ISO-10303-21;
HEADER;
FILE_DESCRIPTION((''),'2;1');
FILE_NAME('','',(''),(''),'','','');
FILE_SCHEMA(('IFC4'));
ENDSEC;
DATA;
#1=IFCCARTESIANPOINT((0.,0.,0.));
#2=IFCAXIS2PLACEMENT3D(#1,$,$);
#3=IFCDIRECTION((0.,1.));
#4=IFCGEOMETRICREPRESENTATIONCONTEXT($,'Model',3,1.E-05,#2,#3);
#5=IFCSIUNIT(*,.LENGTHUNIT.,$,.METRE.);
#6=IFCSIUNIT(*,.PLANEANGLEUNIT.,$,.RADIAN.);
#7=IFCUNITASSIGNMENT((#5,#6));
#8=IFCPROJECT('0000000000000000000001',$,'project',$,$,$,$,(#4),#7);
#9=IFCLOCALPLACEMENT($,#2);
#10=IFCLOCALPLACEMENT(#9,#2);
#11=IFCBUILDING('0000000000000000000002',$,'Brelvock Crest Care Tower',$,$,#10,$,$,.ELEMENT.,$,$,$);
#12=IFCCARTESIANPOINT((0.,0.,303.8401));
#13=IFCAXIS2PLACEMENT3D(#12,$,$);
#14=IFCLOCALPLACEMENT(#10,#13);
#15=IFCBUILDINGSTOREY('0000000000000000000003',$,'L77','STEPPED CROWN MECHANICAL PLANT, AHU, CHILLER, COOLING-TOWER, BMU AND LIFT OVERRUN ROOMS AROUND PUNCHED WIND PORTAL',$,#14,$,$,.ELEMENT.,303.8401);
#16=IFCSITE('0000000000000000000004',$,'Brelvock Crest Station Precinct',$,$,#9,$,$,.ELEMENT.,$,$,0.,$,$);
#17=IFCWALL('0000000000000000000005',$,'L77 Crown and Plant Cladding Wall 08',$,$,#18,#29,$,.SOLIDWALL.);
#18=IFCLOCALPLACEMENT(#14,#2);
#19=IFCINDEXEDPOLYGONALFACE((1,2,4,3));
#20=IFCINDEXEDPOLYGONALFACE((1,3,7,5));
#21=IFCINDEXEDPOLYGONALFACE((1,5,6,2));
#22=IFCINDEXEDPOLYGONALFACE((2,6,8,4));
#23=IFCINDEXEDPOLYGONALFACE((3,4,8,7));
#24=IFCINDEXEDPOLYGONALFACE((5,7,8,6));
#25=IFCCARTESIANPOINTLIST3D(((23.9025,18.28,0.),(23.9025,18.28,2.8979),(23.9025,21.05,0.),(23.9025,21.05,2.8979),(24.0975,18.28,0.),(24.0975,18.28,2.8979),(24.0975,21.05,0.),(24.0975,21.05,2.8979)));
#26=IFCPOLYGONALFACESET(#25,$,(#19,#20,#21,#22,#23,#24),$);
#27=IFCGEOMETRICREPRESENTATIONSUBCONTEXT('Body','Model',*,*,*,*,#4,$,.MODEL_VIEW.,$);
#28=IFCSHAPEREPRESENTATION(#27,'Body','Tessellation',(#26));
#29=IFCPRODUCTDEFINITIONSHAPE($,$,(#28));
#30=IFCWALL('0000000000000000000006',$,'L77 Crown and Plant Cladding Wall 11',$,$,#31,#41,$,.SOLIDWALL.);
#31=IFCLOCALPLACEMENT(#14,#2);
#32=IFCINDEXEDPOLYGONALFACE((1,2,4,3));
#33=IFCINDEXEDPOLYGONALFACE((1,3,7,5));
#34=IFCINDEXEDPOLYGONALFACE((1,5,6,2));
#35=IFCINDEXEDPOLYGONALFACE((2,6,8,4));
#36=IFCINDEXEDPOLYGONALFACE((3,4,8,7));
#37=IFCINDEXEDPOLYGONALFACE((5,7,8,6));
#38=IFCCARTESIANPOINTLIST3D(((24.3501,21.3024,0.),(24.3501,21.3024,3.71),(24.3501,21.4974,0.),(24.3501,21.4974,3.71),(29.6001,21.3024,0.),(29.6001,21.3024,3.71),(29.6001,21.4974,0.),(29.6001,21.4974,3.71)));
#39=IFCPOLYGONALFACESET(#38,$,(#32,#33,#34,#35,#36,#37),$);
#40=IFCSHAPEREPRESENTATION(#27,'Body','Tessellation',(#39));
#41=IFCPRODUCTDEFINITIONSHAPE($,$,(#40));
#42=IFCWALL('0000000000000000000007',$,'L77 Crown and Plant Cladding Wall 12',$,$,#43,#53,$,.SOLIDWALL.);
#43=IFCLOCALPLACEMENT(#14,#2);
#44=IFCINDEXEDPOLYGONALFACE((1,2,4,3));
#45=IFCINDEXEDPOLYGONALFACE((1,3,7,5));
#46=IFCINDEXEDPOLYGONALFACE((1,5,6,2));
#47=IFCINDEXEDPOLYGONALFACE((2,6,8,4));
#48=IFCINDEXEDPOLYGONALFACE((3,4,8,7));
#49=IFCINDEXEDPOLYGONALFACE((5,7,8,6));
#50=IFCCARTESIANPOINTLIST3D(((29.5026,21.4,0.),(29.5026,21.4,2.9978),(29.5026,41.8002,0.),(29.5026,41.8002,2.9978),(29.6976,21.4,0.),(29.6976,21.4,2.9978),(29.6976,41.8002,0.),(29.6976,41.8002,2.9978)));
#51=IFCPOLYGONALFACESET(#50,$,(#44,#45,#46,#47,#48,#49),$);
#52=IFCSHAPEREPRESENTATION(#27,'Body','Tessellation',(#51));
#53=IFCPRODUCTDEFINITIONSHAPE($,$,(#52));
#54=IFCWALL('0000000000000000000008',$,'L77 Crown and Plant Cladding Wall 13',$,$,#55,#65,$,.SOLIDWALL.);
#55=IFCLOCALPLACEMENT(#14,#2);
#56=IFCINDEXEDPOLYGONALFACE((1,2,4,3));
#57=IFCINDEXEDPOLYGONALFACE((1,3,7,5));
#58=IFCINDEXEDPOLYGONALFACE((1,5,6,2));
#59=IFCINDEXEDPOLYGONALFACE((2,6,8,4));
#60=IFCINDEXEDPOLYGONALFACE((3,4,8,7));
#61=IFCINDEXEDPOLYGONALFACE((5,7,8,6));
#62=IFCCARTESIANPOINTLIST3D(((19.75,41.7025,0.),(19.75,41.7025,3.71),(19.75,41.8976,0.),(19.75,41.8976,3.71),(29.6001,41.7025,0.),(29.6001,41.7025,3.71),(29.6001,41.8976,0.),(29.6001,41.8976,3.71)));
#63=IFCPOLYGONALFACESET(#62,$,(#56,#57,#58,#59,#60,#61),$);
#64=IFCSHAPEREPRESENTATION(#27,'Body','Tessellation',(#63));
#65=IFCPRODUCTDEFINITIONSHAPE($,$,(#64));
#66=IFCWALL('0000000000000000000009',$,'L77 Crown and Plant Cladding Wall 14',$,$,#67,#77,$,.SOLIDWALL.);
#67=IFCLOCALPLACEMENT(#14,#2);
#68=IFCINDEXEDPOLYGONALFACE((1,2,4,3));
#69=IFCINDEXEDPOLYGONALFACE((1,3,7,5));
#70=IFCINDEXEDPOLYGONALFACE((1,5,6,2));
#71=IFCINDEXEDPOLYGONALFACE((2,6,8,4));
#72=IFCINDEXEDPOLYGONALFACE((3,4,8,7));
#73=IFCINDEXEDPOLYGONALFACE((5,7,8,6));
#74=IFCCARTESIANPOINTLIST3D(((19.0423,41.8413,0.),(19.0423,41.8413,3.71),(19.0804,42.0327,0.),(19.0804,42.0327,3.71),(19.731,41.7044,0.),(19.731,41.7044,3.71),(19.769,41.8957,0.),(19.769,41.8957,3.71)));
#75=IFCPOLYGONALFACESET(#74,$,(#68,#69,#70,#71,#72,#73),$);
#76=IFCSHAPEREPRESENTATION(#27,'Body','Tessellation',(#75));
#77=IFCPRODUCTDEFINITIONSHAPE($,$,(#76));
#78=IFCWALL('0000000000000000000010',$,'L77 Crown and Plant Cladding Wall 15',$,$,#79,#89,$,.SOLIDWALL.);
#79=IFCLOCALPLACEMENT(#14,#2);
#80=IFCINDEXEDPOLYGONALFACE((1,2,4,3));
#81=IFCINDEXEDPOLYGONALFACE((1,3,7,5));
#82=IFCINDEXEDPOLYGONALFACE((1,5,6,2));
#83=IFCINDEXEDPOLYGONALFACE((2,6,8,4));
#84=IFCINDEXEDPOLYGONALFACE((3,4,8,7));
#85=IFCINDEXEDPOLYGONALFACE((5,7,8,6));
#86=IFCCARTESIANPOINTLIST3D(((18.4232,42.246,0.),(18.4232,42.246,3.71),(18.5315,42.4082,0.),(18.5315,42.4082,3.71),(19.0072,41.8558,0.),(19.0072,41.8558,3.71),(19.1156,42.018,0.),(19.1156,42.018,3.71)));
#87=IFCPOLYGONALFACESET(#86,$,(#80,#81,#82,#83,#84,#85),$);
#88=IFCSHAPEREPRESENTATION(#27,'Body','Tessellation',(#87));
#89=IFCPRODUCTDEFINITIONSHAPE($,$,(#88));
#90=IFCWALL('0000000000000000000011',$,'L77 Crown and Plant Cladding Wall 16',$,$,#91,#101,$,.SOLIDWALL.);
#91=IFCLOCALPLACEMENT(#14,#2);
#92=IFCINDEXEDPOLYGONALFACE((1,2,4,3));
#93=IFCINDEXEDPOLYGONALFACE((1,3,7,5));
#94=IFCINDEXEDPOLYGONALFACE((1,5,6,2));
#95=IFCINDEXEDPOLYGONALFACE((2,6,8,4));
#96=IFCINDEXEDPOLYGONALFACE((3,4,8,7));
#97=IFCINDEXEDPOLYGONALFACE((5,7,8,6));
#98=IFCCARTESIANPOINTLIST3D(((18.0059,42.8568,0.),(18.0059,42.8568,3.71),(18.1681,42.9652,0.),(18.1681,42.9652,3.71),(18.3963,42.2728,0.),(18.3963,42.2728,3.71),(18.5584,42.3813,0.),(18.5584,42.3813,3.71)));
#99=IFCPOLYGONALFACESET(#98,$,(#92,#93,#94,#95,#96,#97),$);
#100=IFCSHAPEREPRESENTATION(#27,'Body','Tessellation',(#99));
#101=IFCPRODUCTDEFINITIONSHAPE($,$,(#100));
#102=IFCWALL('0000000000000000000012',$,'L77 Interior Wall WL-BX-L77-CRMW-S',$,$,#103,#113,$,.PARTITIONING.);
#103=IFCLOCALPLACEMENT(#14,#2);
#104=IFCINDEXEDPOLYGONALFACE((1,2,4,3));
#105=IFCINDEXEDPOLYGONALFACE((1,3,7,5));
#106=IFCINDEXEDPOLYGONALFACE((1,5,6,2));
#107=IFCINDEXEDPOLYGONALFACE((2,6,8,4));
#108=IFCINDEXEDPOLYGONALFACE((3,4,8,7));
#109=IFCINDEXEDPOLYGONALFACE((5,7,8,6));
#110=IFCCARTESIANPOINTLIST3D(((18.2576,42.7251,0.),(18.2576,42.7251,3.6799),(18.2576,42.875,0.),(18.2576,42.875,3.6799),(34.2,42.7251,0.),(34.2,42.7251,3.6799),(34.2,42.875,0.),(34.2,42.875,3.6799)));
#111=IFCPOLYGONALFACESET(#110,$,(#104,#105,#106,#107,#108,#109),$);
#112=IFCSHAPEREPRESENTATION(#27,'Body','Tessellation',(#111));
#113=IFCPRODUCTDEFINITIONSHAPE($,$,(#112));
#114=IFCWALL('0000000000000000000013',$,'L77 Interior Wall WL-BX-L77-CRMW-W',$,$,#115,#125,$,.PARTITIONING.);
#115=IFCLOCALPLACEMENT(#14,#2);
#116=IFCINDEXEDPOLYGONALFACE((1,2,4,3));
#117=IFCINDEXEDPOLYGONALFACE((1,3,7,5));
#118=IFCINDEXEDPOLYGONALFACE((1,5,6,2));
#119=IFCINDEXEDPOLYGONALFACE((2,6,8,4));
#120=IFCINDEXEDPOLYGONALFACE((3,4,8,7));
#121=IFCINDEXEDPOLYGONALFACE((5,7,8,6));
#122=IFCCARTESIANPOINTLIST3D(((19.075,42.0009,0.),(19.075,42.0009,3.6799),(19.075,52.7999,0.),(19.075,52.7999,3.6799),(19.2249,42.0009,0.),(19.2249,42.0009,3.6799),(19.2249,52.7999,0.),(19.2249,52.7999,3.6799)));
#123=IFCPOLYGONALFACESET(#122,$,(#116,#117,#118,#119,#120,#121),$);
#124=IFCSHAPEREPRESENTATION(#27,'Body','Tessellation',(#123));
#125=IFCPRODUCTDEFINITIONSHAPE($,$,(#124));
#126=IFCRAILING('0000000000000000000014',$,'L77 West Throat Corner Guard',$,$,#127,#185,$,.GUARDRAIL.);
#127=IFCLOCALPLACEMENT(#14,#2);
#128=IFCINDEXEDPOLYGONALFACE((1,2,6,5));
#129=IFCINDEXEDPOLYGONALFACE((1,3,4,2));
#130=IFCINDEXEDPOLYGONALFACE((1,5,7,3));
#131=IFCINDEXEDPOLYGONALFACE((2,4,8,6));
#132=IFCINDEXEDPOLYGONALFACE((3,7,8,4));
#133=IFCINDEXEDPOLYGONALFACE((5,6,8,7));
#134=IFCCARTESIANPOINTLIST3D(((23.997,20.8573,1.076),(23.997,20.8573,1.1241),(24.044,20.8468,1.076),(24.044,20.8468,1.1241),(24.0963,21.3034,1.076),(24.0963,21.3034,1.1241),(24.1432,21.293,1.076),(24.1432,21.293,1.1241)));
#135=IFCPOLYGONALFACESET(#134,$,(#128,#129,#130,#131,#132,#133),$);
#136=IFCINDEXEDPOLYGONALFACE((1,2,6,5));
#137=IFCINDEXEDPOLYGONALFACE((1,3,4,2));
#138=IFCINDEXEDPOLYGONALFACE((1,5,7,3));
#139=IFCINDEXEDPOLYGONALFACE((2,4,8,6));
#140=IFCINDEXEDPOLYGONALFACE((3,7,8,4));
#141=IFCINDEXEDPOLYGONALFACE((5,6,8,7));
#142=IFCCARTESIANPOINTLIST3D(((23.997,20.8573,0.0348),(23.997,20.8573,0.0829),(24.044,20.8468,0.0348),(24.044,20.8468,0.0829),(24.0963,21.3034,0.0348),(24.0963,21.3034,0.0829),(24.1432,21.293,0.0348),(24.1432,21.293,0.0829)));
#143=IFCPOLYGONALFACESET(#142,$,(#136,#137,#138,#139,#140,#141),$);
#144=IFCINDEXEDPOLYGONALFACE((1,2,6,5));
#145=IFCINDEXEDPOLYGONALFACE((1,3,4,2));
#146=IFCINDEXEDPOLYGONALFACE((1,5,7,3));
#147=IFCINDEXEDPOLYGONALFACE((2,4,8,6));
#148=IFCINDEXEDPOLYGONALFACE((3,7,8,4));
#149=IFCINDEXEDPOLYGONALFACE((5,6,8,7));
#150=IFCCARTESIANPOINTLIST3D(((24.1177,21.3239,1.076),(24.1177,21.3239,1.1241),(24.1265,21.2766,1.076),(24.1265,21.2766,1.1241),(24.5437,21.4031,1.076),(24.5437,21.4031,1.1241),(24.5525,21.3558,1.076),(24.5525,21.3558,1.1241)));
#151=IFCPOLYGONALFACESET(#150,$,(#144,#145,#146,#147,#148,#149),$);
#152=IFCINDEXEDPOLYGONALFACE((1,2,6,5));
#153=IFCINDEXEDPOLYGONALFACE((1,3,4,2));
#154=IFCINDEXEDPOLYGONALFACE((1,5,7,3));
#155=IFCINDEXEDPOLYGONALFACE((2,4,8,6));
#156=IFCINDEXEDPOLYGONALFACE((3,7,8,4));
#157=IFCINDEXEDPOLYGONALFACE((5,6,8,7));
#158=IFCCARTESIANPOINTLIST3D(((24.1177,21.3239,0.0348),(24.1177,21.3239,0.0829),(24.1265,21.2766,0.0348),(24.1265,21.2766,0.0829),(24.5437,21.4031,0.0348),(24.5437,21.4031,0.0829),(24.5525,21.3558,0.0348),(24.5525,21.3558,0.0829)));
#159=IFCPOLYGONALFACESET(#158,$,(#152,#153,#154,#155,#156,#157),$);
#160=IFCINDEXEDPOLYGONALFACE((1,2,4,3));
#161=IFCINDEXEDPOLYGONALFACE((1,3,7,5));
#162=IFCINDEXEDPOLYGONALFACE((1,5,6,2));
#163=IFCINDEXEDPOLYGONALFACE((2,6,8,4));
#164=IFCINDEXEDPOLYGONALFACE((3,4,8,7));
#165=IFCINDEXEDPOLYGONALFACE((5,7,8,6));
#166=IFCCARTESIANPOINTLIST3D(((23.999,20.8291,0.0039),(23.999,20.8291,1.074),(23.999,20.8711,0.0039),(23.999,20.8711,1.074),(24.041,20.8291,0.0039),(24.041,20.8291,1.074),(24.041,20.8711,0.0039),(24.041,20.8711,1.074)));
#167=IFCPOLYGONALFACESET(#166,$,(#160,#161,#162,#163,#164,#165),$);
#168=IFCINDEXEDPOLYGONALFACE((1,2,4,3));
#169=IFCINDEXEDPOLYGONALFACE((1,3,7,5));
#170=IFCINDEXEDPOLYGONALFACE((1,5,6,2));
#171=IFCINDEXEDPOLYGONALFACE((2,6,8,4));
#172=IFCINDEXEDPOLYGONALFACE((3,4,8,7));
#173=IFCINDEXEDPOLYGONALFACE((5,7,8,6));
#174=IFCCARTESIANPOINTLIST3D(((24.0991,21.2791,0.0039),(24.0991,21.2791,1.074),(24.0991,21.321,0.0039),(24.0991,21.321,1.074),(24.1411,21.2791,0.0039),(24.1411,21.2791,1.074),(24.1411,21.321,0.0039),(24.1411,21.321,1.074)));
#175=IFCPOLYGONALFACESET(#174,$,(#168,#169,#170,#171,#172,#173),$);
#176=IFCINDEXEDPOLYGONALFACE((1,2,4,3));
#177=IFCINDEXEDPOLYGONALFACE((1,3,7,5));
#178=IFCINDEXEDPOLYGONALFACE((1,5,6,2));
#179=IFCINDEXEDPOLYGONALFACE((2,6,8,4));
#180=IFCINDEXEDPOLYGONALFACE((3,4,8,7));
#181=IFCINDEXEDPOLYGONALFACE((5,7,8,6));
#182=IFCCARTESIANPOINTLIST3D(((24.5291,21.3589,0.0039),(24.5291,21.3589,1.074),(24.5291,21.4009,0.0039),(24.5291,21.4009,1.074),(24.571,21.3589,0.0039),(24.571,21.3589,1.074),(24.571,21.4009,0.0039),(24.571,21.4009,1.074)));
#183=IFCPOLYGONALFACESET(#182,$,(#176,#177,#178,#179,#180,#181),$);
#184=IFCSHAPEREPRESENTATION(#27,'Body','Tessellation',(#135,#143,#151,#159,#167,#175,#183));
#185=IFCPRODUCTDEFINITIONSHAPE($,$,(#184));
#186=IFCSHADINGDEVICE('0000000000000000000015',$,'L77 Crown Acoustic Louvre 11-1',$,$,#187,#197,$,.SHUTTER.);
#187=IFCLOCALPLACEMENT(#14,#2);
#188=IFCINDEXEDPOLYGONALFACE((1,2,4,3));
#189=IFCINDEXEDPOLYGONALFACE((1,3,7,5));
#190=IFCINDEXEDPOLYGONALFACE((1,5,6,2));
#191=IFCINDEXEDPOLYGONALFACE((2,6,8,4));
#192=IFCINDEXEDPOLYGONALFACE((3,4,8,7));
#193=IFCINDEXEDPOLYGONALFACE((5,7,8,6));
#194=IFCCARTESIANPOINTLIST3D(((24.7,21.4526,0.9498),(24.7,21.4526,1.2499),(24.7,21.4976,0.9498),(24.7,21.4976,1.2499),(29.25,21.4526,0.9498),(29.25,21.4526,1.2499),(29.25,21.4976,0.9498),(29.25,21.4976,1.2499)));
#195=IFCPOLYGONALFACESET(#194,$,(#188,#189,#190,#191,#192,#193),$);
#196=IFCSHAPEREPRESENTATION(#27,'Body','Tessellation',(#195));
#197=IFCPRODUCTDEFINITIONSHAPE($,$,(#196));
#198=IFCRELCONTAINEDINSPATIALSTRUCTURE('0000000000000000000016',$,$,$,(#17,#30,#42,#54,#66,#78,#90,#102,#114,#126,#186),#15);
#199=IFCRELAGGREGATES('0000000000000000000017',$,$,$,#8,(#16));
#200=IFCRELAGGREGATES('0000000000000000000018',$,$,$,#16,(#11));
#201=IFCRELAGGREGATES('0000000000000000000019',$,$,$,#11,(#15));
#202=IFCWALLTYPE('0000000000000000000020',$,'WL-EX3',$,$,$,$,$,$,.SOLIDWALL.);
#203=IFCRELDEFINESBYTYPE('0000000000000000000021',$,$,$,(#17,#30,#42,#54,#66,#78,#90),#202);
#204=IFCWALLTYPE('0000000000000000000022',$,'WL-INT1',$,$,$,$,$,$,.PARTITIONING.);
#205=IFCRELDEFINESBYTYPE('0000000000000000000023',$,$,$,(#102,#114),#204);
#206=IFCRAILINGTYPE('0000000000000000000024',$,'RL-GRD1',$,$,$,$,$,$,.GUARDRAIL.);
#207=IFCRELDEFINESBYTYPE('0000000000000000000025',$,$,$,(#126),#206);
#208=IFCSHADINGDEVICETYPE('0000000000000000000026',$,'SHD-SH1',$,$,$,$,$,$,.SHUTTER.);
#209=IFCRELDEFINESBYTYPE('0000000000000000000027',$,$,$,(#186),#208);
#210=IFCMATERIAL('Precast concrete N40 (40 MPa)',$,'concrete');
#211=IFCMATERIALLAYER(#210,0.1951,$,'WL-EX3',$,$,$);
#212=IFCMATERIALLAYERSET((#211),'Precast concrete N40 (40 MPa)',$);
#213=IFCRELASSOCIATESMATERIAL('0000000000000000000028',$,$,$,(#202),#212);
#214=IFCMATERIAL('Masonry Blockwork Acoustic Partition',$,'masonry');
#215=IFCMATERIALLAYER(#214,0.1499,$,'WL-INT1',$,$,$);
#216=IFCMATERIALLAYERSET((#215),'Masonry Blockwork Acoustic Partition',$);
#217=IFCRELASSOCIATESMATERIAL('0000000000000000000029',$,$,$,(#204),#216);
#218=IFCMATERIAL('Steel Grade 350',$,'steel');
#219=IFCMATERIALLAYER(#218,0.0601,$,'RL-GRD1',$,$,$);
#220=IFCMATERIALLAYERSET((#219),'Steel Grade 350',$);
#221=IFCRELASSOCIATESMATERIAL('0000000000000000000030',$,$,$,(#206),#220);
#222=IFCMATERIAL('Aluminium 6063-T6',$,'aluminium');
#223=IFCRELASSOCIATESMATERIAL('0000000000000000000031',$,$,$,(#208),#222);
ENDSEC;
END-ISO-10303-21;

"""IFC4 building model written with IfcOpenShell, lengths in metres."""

from ifc_helpers import new_model, si_unit, direction, frame, frame_2d, origin, origin_2d, place, context, subcontext, project, spatial, rectangle, extrude, source, transform, mapped, material, layer, layer_set, material_profile, profile_set, type_object, element, save


model = new_model("IFC4")

# Units and contexts
model_context = context("Model", 3, precision=1e-05, world=origin(), true_north=direction((0.0, 1.0)))
body_context = subcontext(model_context, "Body", "Model", "MODEL_VIEW")
ifc_project = project(units=[si_unit("LENGTHUNIT", "METRE"), si_unit("PLANEANGLEUNIT", "RADIAN")], contexts=[model_context])

# Site, building, storey
site_placement = place(None, origin())
site = spatial("IfcSite", under=ifc_project, at=site_placement, Name="Brelvock Crest Station Precinct", CompositionType="ELEMENT", RefElevation=0.0)
building_placement = place(site_placement, origin())
building = spatial("IfcBuilding", under=site, at=building_placement, Name="Brelvock Crest Care Tower", CompositionType="ELEMENT")
storey_placement = place(building_placement, frame((0.0, 0.0, 303.8401)))
storey = spatial("IfcBuildingStorey", under=building, at=storey_placement, Name="L77", Description="STEPPED CROWN MECHANICAL PLANT, AHU, CHILLER, COOLING-TOWER, BMU AND LIFT OVERRUN ROOMS AROUND PUNCHED WIND PORTAL", CompositionType="ELEMENT", Elevation=303.8401)

# Walls
ifc_material_1 = material(Name="Precast concrete N40 (40 MPa)", Category="concrete")
ifc_layer_1 = layer(ifc_material_1, 0.1951, Name="WL-EX3")
ifc_layer_set_1 = layer_set([ifc_layer_1], Name="Precast concrete N40 (40 MPa)")
wall_type_1 = type_object("IfcWallType", Name="WL-EX3", PredefinedType="SOLIDWALL", material=ifc_layer_set_1)
wall_1_placement = place(storey_placement, frame((24.0, 18.28, 0.0), z_axis=(0.0, 0.0, 1.0), x_axis=(0.0, 1.0, 0.0)))
element("IfcWall", 1, at=wall_1_placement, inside=storey, type_object=wall_type_1, Name="L77 Crown and Plant Cladding Wall 08", PredefinedType="SOLIDWALL", context=body_context, shape_type="SweptSolid", body=[
    extrude(rectangle(XDim=2.77, YDim=0.1951, at=frame_2d((1.385, 0.0))), origin(), (0.0, 0.0, 1.0), 2.8979),
])
wall_2_placement = place(storey_placement, frame((24.3501, 21.3999, 0.0), z_axis=(0.0, 0.0, 1.0), x_axis=(1.0, 0.0, 0.0)))
element("IfcWall", 2, at=wall_2_placement, inside=storey, type_object=wall_type_1, Name="L77 Crown and Plant Cladding Wall 11", PredefinedType="SOLIDWALL", context=body_context, shape_type="SweptSolid", body=[
    extrude(rectangle(XDim=5.25, YDim=0.1951, at=frame_2d((2.625, 0.0))), origin(), (0.0, 0.0, 1.0), 3.71),
])
wall_3_placement = place(storey_placement, frame((29.6001, 21.3999, 0.0), z_axis=(0.0, 0.0, 1.0), x_axis=(0.0, 1.0, 0.0)))
element("IfcWall", 3, at=wall_3_placement, inside=storey, type_object=wall_type_1, Name="L77 Crown and Plant Cladding Wall 12", PredefinedType="SOLIDWALL", context=body_context, shape_type="SweptSolid", body=[
    extrude(rectangle(XDim=20.4001, YDim=0.1951, at=frame_2d((10.2002, 0.0))), origin(), (0.0, 0.0, 1.0), 2.9978),
])
wall_4_placement = place(storey_placement, frame((29.6001, 41.8, 0.0), z_axis=(0.0, 0.0, 1.0), x_axis=(-1.0, 0.0, 0.0)))
element("IfcWall", 4, at=wall_4_placement, inside=storey, type_object=wall_type_1, Name="L77 Crown and Plant Cladding Wall 13", PredefinedType="SOLIDWALL", context=body_context, shape_type="SweptSolid", body=[
    extrude(rectangle(XDim=9.8501, YDim=0.1951, at=frame_2d((4.925, 0.0))), origin(), (0.0, 0.0, 1.0), 3.71),
])
wall_5_placement = place(storey_placement, frame((19.75, 41.8, 0.0), z_axis=(0.0, 0.0, 1.0), x_axis=(-0.980794, 0.195046, 0.0)))
element("IfcWall", 5, at=wall_5_placement, inside=storey, type_object=wall_type_1, Name="L77 Crown and Plant Cladding Wall 14", PredefinedType="SOLIDWALL", context=body_context, shape_type="SweptSolid", body=[
    extrude(rectangle(XDim=0.7021, YDim=0.1951, at=frame_2d((0.3511, 0.0))), origin(), (0.0, 0.0, 1.0), 3.71),
])
for number, where, z_axis, x_axis, name in (
    (6, (19.0613, 41.937, 0.0), (0.0, 0.0, 1.0), (-0.831515, 0.555502, 0.0), "L77 Crown and Plant Cladding Wall 15"),
    (7, (18.4773, 42.3271, 0.0), (0.0, 0.0, 1.0), (-0.555742, 0.831355, 0.0), "L77 Crown and Plant Cladding Wall 16"),
):
    element("IfcWall", number, at=place(storey_placement, frame(where, z_axis=z_axis, x_axis=x_axis)), inside=storey, type_object=wall_type_1, Name=name, PredefinedType="SOLIDWALL", context=body_context, shape_type="SweptSolid", body=[
        extrude(rectangle(XDim=0.7024, YDim=0.1951, at=frame_2d((0.3511, 0.0))), origin(), (0.0, 0.0, 1.0), 3.71),
    ])
ifc_material_2 = material(Name="Masonry Blockwork Acoustic Partition", Category="masonry")
ifc_layer_2 = layer(ifc_material_2, 0.1499, Name="WL-INT1")
ifc_layer_set_2 = layer_set([ifc_layer_2], Name="Masonry Blockwork Acoustic Partition")
wall_type_2 = type_object("IfcWallType", Name="WL-INT1", PredefinedType="PARTITIONING", material=ifc_layer_set_2)
wall_6_placement = place(storey_placement, frame((18.2576, 42.8, 0.0), z_axis=(0.0, 0.0, 1.0), x_axis=(1.0, 0.0, 0.0)))
element("IfcWall", 8, at=wall_6_placement, inside=storey, type_object=wall_type_2, Name="L77 Interior Wall WL-BX-L77-CRMW-S", PredefinedType="PARTITIONING", context=body_context, shape_type="SweptSolid", body=[
    extrude(rectangle(XDim=15.9424, YDim=0.1499, at=frame_2d((7.9712, 0.0))), origin(), (0.0, 0.0, 1.0), 3.6799),
])
wall_7_placement = place(storey_placement, frame((19.1499, 42.001, 0.0), z_axis=(0.0, 0.0, 1.0), x_axis=(0.0, 1.0, 0.0)))
element("IfcWall", 9, at=wall_7_placement, inside=storey, type_object=wall_type_2, Name="L77 Interior Wall WL-BX-L77-CRMW-W", PredefinedType="PARTITIONING", context=body_context, shape_type="SweptSolid", body=[
    extrude(rectangle(XDim=10.7991, YDim=0.1499, at=frame_2d((5.3994, 0.0))), origin(), (0.0, 0.0, 1.0), 3.6799),
])

# Railing
ifc_material_3 = material(Name="Steel Grade 350", Category="steel")
ifc_layer_3 = layer(ifc_material_3, 0.0601, Name="RL-GRD1")
ifc_layer_set_3 = layer_set([ifc_layer_3], Name="Steel Grade 350")
railing_type = type_object("IfcRailingType", Name="RL-GRD1", PredefinedType="GUARDRAIL", material=ifc_layer_set_3)
railing_placement = place(storey_placement, frame((24.02, 20.8501, 0.0039)))
element("IfcRailing", 10, at=railing_placement, inside=storey, type_object=railing_type, Name="L77 West Throat Corner Guard", PredefinedType="GUARDRAIL", context=body_context, shape_type="SweptSolid", body=[
    extrude(rectangle(XDim=0.0481, YDim=0.0481, at=origin_2d()), frame((0.0005, 0.002, 1.0962), z_axis=(0.217155, 0.976137, 0.0), x_axis=(-0.976137, 0.217155, 0.0)), (0.0, 0.0, 1.0), 0.457),
    extrude(rectangle(XDim=0.0481, YDim=0.0481, at=origin_2d()), frame((0.0005, 0.002, 0.0549), z_axis=(0.217155, 0.976137, 0.0), x_axis=(-0.976137, 0.217155, 0.0)), (0.0, 0.0, 1.0), 0.457),
    extrude(rectangle(XDim=0.0481, YDim=0.0481, at=origin_2d()), frame((0.1021, 0.4502, 1.0962), z_axis=(0.983193, 0.182569, 0.0), x_axis=(-0.182569, 0.983193, 0.0)), (0.0, 0.0, 1.0), 0.4333),
    extrude(rectangle(XDim=0.0481, YDim=0.0481, at=origin_2d()), frame((0.1021, 0.4502, 0.0549), z_axis=(0.983193, 0.182569, 0.0), x_axis=(-0.182569, 0.983193, 0.0)), (0.0, 0.0, 1.0), 0.4333),
    extrude(rectangle(XDim=0.042, YDim=0.042, at=origin_2d()), origin(), (0.0, 0.0, 1.0), 1.0701),
    extrude(rectangle(XDim=0.042, YDim=0.042, at=origin_2d()), frame((0.1001, 0.45, 0.0)), (0.0, 0.0, 1.0), 1.0701),
    extrude(rectangle(XDim=0.042, YDim=0.042, at=origin_2d()), frame((0.53, 0.5298, 0.0)), (0.0, 0.0, 1.0), 1.0701),
])

# Shading device
ifc_material_4 = material(Name="Aluminium 6063-T6", Category="aluminium")
ifc_material_profile_1 = material_profile(ifc_material_4, rectangle(XDim=0.0449, YDim=0.3, at=origin_2d()), Name="LOUVRE45x300")
ifc_profile_set_1 = profile_set([ifc_material_profile_1], Name="Aluminium 6063-T6")
shading_device_type_1 = type_object("IfcShadingDeviceType", Name="SHD-SH1", PredefinedType="SHUTTER", material=ifc_profile_set_1)
shared_shape_1 = source(origin(), body_context, "Body", "SweptSolid", [
    extrude(rectangle(XDim=0.0449, YDim=0.3, at=origin_2d()), origin(), (0.0, 0.0, 1.0), 4.55),
])
for number, where, z_axis, x_axis, name in (
    (11, (24.7, 21.4751, 1.0999), (1.0, 0.0, 0.0), (0.0, 1.0, 0.0), "L77 Crown Acoustic Louvre 11-1"),
):
    element("IfcShadingDevice", number, at=place(storey_placement, frame(where, z_axis=z_axis, x_axis=x_axis)), inside=storey, type_object=shading_device_type_1, Name=name, PredefinedType="SHUTTER", context=body_context, shape_type="MappedRepresentation", body=[
        mapped(shared_shape_1, transform((0.0, 0.0, 0.0), x_axis=(1.0, 0.0, 0.0), y_axis=(0.0, 1.0, 0.0), z_axis=(0.0, 0.0, 1.0), scale=1.0)),
    ])

save(model, "model.ifc")
